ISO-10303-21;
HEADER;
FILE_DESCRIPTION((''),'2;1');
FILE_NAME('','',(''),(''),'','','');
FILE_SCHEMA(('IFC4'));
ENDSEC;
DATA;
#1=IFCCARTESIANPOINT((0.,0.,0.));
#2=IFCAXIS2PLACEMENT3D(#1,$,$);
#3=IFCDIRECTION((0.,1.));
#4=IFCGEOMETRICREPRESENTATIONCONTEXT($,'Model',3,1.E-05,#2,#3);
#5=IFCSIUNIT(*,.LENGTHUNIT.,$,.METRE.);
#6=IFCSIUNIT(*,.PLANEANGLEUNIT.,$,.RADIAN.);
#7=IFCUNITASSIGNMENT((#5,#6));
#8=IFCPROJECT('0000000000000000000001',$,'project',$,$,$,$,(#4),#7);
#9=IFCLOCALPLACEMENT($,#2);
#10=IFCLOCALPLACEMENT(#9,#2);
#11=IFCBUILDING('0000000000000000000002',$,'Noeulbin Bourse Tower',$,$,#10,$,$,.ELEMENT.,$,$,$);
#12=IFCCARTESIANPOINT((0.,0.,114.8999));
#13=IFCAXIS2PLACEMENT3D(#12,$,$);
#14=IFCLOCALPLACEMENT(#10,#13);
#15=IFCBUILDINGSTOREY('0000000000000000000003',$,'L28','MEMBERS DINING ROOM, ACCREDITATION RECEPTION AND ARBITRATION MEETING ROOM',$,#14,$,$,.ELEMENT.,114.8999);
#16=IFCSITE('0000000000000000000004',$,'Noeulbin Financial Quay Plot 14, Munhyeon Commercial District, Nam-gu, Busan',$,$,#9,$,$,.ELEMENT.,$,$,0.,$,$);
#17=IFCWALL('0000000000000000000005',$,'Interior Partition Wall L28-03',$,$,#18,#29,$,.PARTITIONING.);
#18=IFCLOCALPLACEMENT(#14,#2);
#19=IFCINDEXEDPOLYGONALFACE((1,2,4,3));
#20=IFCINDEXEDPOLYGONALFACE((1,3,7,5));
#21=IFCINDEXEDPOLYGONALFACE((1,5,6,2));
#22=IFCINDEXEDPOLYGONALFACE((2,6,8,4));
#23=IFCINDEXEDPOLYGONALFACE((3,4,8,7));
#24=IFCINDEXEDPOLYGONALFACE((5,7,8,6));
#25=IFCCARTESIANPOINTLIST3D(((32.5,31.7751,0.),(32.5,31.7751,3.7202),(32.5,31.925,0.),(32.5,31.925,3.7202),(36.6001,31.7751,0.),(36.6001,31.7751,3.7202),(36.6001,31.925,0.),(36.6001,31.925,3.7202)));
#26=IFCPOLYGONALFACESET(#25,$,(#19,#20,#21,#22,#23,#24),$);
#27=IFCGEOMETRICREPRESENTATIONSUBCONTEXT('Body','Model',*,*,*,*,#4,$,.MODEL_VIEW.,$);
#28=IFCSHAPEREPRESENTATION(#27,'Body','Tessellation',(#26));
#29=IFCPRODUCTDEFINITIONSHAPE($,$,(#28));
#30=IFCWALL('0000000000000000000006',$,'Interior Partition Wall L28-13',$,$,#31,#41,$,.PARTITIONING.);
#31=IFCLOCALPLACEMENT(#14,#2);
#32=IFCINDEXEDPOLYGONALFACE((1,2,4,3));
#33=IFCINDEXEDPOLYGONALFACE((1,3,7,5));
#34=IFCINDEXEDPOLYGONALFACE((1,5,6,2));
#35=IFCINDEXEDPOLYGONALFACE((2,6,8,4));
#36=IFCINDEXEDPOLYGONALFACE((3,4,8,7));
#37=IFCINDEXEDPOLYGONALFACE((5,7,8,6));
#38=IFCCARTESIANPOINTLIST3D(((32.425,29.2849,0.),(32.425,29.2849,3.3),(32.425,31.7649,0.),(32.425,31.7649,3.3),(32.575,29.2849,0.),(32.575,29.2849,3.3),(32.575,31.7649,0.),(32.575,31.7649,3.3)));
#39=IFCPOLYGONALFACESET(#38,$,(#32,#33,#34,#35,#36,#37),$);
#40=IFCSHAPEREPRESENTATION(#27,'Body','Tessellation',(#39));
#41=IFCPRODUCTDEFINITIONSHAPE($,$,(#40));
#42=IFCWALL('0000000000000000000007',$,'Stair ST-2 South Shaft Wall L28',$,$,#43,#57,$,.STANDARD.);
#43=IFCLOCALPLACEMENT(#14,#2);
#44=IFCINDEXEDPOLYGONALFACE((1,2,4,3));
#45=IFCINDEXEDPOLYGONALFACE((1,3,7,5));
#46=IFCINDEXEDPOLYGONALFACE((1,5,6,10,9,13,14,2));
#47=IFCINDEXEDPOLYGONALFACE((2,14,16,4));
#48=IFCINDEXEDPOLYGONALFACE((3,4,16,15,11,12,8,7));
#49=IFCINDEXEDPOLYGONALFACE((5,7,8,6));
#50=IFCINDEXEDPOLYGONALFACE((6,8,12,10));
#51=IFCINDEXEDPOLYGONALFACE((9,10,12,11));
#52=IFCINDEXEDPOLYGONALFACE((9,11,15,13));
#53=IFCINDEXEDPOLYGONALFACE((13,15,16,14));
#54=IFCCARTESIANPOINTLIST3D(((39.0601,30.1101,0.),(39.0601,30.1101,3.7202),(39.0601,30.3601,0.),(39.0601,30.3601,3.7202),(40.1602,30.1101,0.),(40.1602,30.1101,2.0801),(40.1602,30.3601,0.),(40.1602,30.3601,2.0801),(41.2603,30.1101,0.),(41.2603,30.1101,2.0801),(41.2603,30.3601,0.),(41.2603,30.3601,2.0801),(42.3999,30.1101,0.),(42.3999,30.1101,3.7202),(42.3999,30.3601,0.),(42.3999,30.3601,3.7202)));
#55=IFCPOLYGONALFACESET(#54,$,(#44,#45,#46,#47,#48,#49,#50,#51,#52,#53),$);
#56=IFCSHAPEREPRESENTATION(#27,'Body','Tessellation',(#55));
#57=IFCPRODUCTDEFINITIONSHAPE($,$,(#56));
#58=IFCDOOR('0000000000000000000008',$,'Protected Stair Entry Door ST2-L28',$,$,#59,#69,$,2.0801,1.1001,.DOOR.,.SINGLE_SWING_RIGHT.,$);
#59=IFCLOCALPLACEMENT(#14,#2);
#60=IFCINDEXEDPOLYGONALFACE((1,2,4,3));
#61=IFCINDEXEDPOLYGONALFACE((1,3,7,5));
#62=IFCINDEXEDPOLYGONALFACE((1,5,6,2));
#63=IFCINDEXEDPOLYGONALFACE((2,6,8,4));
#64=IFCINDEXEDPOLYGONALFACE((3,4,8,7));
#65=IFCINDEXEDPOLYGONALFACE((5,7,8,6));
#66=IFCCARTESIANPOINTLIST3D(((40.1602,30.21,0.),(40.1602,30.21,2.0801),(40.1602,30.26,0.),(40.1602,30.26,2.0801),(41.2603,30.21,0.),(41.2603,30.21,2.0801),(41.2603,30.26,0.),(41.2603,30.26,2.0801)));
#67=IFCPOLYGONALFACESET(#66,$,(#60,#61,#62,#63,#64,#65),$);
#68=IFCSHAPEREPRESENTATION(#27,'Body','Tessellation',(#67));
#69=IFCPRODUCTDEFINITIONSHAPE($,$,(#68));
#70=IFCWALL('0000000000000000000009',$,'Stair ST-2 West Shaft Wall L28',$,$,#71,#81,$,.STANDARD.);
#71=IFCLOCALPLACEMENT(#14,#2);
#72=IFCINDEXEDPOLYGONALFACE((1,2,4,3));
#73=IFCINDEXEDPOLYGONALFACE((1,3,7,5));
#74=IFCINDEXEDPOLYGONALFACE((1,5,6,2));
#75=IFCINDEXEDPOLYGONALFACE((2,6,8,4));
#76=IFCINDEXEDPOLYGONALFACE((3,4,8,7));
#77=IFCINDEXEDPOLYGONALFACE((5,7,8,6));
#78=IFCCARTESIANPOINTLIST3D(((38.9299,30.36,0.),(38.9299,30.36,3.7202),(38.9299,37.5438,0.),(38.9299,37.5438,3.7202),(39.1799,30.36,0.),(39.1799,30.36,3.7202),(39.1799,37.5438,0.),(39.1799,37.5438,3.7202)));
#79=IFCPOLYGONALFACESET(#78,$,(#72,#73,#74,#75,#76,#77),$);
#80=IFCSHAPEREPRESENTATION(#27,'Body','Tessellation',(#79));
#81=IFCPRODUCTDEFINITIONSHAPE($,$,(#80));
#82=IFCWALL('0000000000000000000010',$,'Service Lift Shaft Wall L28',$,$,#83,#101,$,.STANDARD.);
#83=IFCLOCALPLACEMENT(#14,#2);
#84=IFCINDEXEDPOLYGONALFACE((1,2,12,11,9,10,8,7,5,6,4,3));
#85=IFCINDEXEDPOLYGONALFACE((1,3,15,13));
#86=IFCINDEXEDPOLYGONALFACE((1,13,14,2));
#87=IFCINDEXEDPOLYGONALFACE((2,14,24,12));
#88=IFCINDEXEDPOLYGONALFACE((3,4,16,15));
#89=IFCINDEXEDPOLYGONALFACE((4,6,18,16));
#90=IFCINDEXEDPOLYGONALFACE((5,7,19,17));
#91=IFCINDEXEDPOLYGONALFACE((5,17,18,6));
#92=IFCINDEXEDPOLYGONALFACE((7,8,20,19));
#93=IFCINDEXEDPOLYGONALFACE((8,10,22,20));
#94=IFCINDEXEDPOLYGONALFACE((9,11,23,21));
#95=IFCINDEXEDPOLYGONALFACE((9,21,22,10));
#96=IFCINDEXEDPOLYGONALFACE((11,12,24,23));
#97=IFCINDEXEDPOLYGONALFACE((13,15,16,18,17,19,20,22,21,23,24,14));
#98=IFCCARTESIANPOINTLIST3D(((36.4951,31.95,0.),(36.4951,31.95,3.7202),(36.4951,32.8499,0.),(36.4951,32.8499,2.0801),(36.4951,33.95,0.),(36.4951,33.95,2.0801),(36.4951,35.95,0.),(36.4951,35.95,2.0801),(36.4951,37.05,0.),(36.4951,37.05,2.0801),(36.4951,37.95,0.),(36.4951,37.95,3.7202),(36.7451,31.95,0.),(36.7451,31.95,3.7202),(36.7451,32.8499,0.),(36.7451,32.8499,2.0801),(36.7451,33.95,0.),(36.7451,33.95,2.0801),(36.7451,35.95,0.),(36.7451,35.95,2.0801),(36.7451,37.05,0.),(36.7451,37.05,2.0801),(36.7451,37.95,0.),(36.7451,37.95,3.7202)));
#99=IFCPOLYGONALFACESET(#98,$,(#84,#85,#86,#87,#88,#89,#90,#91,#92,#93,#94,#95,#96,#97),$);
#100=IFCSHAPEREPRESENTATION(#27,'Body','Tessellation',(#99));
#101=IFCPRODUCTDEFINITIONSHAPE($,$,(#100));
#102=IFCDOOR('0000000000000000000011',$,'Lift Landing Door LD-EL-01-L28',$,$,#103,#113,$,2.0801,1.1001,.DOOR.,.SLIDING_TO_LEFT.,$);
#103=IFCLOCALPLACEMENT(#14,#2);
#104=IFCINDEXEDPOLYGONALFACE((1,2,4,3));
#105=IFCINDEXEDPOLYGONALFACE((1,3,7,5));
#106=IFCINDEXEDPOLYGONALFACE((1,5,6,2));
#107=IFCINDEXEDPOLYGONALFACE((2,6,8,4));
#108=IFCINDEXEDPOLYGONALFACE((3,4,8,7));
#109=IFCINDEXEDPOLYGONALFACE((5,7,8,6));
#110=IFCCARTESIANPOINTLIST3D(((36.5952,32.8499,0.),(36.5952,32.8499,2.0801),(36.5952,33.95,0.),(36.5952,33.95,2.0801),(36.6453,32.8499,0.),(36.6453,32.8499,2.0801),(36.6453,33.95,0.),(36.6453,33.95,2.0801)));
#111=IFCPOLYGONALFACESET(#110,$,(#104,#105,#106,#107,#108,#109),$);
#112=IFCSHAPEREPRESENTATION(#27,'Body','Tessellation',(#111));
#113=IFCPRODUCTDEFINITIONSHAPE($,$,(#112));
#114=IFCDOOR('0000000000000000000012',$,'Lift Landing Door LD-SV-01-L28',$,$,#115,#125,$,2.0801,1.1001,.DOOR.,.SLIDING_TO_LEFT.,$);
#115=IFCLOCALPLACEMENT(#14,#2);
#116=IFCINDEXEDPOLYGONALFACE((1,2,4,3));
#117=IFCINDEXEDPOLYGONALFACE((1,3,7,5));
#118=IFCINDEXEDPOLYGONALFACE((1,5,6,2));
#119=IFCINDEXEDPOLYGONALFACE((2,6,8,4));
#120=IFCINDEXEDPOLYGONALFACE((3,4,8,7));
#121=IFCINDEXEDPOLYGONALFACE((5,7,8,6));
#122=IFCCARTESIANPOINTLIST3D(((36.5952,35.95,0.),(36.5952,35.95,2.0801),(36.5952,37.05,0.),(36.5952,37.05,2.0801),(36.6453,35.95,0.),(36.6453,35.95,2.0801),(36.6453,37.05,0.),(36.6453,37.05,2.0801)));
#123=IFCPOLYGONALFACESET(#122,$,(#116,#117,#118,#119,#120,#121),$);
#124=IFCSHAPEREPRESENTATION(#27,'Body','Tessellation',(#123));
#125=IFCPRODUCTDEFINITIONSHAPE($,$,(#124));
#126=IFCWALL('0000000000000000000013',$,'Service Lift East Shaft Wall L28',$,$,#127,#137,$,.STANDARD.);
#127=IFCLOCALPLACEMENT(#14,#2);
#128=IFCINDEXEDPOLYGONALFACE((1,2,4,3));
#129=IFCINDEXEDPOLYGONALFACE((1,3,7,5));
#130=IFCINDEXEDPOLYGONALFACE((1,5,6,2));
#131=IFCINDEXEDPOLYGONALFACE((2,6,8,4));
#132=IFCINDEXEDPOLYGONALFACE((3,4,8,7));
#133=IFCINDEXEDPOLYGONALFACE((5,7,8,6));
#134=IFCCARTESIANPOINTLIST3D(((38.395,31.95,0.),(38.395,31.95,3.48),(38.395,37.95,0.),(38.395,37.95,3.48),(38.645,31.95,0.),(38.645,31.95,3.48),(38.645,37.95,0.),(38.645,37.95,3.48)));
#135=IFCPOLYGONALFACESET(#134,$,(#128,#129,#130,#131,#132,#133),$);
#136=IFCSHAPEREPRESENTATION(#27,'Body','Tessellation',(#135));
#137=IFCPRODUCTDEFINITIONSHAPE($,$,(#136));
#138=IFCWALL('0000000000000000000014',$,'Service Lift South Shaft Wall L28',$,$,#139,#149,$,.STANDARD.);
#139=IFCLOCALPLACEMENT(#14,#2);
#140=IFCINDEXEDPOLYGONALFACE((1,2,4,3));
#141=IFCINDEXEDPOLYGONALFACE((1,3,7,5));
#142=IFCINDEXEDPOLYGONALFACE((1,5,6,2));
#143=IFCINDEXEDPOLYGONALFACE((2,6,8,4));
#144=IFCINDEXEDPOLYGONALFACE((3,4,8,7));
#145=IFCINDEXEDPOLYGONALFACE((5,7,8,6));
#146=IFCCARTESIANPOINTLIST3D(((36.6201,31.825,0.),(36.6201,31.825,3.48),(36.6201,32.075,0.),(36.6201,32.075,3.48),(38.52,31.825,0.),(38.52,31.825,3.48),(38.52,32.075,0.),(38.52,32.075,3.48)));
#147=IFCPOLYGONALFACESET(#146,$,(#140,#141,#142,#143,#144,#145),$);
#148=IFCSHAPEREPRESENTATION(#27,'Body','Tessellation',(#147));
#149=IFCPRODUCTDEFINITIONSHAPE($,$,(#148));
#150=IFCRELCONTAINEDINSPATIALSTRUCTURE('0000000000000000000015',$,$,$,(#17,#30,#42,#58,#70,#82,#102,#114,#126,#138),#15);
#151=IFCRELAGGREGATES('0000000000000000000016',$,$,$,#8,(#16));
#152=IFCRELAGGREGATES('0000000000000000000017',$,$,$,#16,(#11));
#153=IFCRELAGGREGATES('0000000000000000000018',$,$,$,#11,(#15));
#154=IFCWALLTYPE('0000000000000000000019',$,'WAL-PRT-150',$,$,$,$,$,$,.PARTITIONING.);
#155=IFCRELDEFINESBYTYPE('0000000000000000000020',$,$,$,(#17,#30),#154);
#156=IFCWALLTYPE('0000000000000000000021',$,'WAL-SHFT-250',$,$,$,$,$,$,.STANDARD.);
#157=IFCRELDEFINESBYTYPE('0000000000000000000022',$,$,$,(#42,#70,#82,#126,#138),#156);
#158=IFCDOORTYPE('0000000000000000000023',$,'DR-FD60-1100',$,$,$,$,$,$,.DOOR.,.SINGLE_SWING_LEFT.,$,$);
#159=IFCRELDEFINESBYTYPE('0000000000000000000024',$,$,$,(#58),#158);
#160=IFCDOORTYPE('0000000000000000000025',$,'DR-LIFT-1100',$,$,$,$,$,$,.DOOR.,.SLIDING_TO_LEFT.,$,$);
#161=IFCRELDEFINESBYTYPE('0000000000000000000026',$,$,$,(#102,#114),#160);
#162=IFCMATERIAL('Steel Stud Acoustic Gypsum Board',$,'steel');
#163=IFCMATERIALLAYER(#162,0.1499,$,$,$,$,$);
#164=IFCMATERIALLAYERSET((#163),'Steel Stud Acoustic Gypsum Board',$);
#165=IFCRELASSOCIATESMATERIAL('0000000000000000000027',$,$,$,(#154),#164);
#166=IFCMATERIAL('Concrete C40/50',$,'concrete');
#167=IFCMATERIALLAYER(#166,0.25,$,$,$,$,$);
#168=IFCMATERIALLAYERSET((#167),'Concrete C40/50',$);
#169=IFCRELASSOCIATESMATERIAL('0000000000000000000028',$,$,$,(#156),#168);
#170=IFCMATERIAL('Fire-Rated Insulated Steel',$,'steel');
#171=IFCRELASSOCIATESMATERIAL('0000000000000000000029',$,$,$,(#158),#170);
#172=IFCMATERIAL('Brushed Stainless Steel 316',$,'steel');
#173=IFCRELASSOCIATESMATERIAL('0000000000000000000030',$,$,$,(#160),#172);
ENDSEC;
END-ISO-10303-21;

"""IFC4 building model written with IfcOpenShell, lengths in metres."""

from ifc_helpers import new_model, si_unit, direction, frame, frame_2d, origin, place, context, subcontext, project, spatial, rectangle, extrude, material, layer, layer_set, type_object, element, fill, save


model = new_model("IFC4")

# Units and contexts
model_context = context("Model", 3, precision=1e-05, world=origin(), true_north=direction((0.0, 1.0)))
body_context = subcontext(model_context, "Body", "Model", "MODEL_VIEW")
ifc_project = project(units=[si_unit("LENGTHUNIT", "METRE"), si_unit("PLANEANGLEUNIT", "RADIAN")], contexts=[model_context])

# Site, building, storey
site_placement = place(None, origin())
site = spatial("IfcSite", under=ifc_project, at=site_placement, Name="Noeulbin Financial Quay Plot 14, Munhyeon Commercial District, Nam-gu, Busan", CompositionType="ELEMENT", RefElevation=0.0)
building_placement = place(site_placement, origin())
building = spatial("IfcBuilding", under=site, at=building_placement, Name="Noeulbin Bourse Tower", CompositionType="ELEMENT")
storey_placement = place(building_placement, frame((0.0, 0.0, 114.8999)))
storey = spatial("IfcBuildingStorey", under=building, at=storey_placement, Name="L28", Description="MEMBERS DINING ROOM, ACCREDITATION RECEPTION AND ARBITRATION MEETING ROOM", CompositionType="ELEMENT", Elevation=114.8999)

# Shared definitions
ifc_material_1 = material(Name="Concrete C40/50", Category="concrete")

# Walls
ifc_material_2 = material(Name="Steel Stud Acoustic Gypsum Board", Category="steel")
ifc_layer_1 = layer(ifc_material_2, 0.1499)
ifc_layer_set_1 = layer_set([ifc_layer_1], Name="Steel Stud Acoustic Gypsum Board")
wall_type_1 = type_object("IfcWallType", Name="WAL-PRT-150", PredefinedType="PARTITIONING", material=ifc_layer_set_1)
wall_1_placement = place(storey_placement, frame((32.5, 31.8501, 0.0), z_axis=(0.0, 0.0, 1.0), x_axis=(1.0, 0.0, 0.0)))
element("IfcWall", 1, at=wall_1_placement, inside=storey, type_object=wall_type_1, Name="Interior Partition Wall L28-03", PredefinedType="PARTITIONING", context=body_context, shape_type="SweptSolid", body=[
    extrude(rectangle(XDim=4.1001, YDim=0.1499, at=frame_2d((2.05, 0.0))), origin(), (0.0, 0.0, 1.0), 3.7202),
])
wall_2_placement = place(storey_placement, frame((32.5, 29.2849, 0.0), z_axis=(0.0, 0.0, 1.0), x_axis=(0.0, 1.0, 0.0)))
element("IfcWall", 2, at=wall_2_placement, inside=storey, type_object=wall_type_1, Name="Interior Partition Wall L28-13", PredefinedType="PARTITIONING", context=body_context, shape_type="SweptSolid", body=[
    extrude(rectangle(XDim=2.48, YDim=0.1499, at=frame_2d((1.24, 0.0))), origin(), (0.0, 0.0, 1.0), 3.3),
])

# Wall, opening, door
ifc_layer_2 = layer(ifc_material_1, 0.25)
ifc_layer_set_2 = layer_set([ifc_layer_2], Name="Concrete C40/50")
wall_type_2 = type_object("IfcWallType", Name="WAL-SHFT-250", PredefinedType="STANDARD", material=ifc_layer_set_2)
wall_3_placement = place(storey_placement, frame((39.0601, 30.2351, 0.0), z_axis=(0.0, 0.0, 1.0), x_axis=(1.0, 0.0, 0.0)))
wall_3 = element("IfcWall", 3, at=wall_3_placement, inside=storey, type_object=wall_type_2, Name="Stair ST-2 South Shaft Wall L28", PredefinedType="STANDARD", context=body_context, shape_type="SweptSolid", body=[
    extrude(rectangle(XDim=3.3398, YDim=0.25, at=frame_2d((1.6699, 0.0))), origin(), (0.0, 0.0, 1.0), 3.7202),
])
opening_1_placement = place(wall_3_placement, frame((1.1001, 0.0, 0.0)))
opening_1 = element("IfcOpeningElement", 4, at=opening_1_placement, cuts=wall_3, PredefinedType="OPENING", context=body_context, shape_type="SweptSolid", body=[
    extrude(rectangle(XDim=1.1001, YDim=2.0801, at=frame_2d((0.55, 1.04))), frame((0.0, 0.135, 0.0), z_axis=(0.0, -1.0, 0.0), x_axis=(1.0, 0.0, 0.0)), (0.0, 0.0, 1.0), 0.27),
])
ifc_material_3 = material(Name="Fire-Rated Insulated Steel", Category="steel")
door_type_1 = type_object("IfcDoorType", Name="DR-FD60-1100", OperationType="SINGLE_SWING_LEFT", PredefinedType="DOOR", material=ifc_material_3)
door_1_placement = place(opening_1_placement, origin())
door_1 = element("IfcDoor", 5, at=door_1_placement, inside=storey, type_object=door_type_1, Name="Protected Stair Entry Door ST2-L28", OperationType="SINGLE_SWING_RIGHT", OverallHeight=2.0801, OverallWidth=1.1001, PredefinedType="DOOR", context=body_context, shape_type="SweptSolid", body=[
    extrude(rectangle(XDim=1.1001, YDim=2.0801, at=frame_2d((0.55, 1.04))), frame((0.0, 0.0249, 0.0), z_axis=(0.0, -1.0, 0.0), x_axis=(1.0, 0.0, 0.0)), (0.0, 0.0, 1.0), 0.05),
])
fill(opening_1, door_1)

# Wall
wall_4_placement = place(storey_placement, frame((39.0549, 30.3601, 0.0), z_axis=(0.0, 0.0, 1.0), x_axis=(0.0, 1.0, 0.0)))
element("IfcWall", 6, at=wall_4_placement, inside=storey, type_object=wall_type_2, Name="Stair ST-2 West Shaft Wall L28", PredefinedType="STANDARD", context=body_context, shape_type="SweptSolid", body=[
    extrude(rectangle(XDim=7.1838, YDim=0.25, at=frame_2d((3.5918, 0.0))), origin(), (0.0, 0.0, 1.0), 3.7202),
])

# Wall, openings, doors
wall_5_placement = place(storey_placement, frame((36.6201, 31.95, 0.0), z_axis=(0.0, 0.0, 1.0), x_axis=(0.0, 1.0, 0.0)))
wall_5 = element("IfcWall", 7, at=wall_5_placement, inside=storey, type_object=wall_type_2, Name="Service Lift Shaft Wall L28", PredefinedType="STANDARD", context=body_context, shape_type="SweptSolid", body=[
    extrude(rectangle(XDim=6.0, YDim=0.25, at=frame_2d((3.0, 0.0))), origin(), (0.0, 0.0, 1.0), 3.7202),
])
opening_2_placement = place(wall_5_placement, frame((0.8999, 0.0, 0.0)))
opening_2 = element("IfcOpeningElement", 8, at=opening_2_placement, cuts=wall_5, PredefinedType="OPENING", context=body_context, shape_type="SweptSolid", body=[
    extrude(rectangle(XDim=1.1001, YDim=2.0801, at=frame_2d((0.55, 1.04))), frame((0.0, 0.135, 0.0), z_axis=(0.0, -1.0, 0.0), x_axis=(1.0, 0.0, 0.0)), (0.0, 0.0, 1.0), 0.27),
])
opening_3_placement = place(wall_5_placement, frame((4.0, 0.0, 0.0)))
opening_3 = element("IfcOpeningElement", 9, at=opening_3_placement, cuts=wall_5, PredefinedType="OPENING", context=body_context, shape_type="SweptSolid", body=[
    extrude(rectangle(XDim=1.1001, YDim=2.0801, at=frame_2d((0.55, 1.04))), frame((0.0, 0.135, 0.0), z_axis=(0.0, -1.0, 0.0), x_axis=(1.0, 0.0, 0.0)), (0.0, 0.0, 1.0), 0.27),
])
ifc_material_4 = material(Name="Brushed Stainless Steel 316", Category="steel")
door_type_2 = type_object("IfcDoorType", Name="DR-LIFT-1100", OperationType="SLIDING_TO_LEFT", PredefinedType="DOOR", material=ifc_material_4)
door_2_placement = place(opening_2_placement, origin())
door_2 = element("IfcDoor", 10, at=door_2_placement, inside=storey, type_object=door_type_2, Name="Lift Landing Door LD-EL-01-L28", OperationType="SLIDING_TO_LEFT", OverallHeight=2.0801, OverallWidth=1.1001, PredefinedType="DOOR", context=body_context, shape_type="SweptSolid", body=[
    extrude(rectangle(XDim=1.1001, YDim=2.0801, at=frame_2d((0.55, 1.04))), frame((0.0, 0.0249, 0.0), z_axis=(0.0, -1.0, 0.0), x_axis=(1.0, 0.0, 0.0)), (0.0, 0.0, 1.0), 0.05),
])
fill(opening_2, door_2)
door_3_placement = place(opening_3_placement, origin())
door_3 = element("IfcDoor", 11, at=door_3_placement, inside=storey, type_object=door_type_2, Name="Lift Landing Door LD-SV-01-L28", OperationType="SLIDING_TO_LEFT", OverallHeight=2.0801, OverallWidth=1.1001, PredefinedType="DOOR", context=body_context, shape_type="SweptSolid", body=[
    extrude(rectangle(XDim=1.1001, YDim=2.0801, at=frame_2d((0.55, 1.04))), frame((0.0, 0.0249, 0.0), z_axis=(0.0, -1.0, 0.0), x_axis=(1.0, 0.0, 0.0)), (0.0, 0.0, 1.0), 0.05),
])
fill(opening_3, door_3)

# Walls
wall_6_placement = place(storey_placement, frame((38.52, 31.95, 0.0), z_axis=(0.0, 0.0, 1.0), x_axis=(0.0, 1.0, 0.0)))
element("IfcWall", 12, at=wall_6_placement, inside=storey, type_object=wall_type_2, Name="Service Lift East Shaft Wall L28", PredefinedType="STANDARD", context=body_context, shape_type="SweptSolid", body=[
    extrude(rectangle(XDim=6.0, YDim=0.25, at=frame_2d((3.0, 0.0))), origin(), (0.0, 0.0, 1.0), 3.48),
])
wall_7_placement = place(storey_placement, frame((36.6201, 31.95, 0.0), z_axis=(0.0, 0.0, 1.0), x_axis=(1.0, 0.0, 0.0)))
element("IfcWall", 13, at=wall_7_placement, inside=storey, type_object=wall_type_2, Name="Service Lift South Shaft Wall L28", PredefinedType="STANDARD", context=body_context, shape_type="SweptSolid", body=[
    extrude(rectangle(XDim=1.8999, YDim=0.25, at=frame_2d((0.95, 0.0))), origin(), (0.0, 0.0, 1.0), 3.48),
])

save(model, "model.ifc")
